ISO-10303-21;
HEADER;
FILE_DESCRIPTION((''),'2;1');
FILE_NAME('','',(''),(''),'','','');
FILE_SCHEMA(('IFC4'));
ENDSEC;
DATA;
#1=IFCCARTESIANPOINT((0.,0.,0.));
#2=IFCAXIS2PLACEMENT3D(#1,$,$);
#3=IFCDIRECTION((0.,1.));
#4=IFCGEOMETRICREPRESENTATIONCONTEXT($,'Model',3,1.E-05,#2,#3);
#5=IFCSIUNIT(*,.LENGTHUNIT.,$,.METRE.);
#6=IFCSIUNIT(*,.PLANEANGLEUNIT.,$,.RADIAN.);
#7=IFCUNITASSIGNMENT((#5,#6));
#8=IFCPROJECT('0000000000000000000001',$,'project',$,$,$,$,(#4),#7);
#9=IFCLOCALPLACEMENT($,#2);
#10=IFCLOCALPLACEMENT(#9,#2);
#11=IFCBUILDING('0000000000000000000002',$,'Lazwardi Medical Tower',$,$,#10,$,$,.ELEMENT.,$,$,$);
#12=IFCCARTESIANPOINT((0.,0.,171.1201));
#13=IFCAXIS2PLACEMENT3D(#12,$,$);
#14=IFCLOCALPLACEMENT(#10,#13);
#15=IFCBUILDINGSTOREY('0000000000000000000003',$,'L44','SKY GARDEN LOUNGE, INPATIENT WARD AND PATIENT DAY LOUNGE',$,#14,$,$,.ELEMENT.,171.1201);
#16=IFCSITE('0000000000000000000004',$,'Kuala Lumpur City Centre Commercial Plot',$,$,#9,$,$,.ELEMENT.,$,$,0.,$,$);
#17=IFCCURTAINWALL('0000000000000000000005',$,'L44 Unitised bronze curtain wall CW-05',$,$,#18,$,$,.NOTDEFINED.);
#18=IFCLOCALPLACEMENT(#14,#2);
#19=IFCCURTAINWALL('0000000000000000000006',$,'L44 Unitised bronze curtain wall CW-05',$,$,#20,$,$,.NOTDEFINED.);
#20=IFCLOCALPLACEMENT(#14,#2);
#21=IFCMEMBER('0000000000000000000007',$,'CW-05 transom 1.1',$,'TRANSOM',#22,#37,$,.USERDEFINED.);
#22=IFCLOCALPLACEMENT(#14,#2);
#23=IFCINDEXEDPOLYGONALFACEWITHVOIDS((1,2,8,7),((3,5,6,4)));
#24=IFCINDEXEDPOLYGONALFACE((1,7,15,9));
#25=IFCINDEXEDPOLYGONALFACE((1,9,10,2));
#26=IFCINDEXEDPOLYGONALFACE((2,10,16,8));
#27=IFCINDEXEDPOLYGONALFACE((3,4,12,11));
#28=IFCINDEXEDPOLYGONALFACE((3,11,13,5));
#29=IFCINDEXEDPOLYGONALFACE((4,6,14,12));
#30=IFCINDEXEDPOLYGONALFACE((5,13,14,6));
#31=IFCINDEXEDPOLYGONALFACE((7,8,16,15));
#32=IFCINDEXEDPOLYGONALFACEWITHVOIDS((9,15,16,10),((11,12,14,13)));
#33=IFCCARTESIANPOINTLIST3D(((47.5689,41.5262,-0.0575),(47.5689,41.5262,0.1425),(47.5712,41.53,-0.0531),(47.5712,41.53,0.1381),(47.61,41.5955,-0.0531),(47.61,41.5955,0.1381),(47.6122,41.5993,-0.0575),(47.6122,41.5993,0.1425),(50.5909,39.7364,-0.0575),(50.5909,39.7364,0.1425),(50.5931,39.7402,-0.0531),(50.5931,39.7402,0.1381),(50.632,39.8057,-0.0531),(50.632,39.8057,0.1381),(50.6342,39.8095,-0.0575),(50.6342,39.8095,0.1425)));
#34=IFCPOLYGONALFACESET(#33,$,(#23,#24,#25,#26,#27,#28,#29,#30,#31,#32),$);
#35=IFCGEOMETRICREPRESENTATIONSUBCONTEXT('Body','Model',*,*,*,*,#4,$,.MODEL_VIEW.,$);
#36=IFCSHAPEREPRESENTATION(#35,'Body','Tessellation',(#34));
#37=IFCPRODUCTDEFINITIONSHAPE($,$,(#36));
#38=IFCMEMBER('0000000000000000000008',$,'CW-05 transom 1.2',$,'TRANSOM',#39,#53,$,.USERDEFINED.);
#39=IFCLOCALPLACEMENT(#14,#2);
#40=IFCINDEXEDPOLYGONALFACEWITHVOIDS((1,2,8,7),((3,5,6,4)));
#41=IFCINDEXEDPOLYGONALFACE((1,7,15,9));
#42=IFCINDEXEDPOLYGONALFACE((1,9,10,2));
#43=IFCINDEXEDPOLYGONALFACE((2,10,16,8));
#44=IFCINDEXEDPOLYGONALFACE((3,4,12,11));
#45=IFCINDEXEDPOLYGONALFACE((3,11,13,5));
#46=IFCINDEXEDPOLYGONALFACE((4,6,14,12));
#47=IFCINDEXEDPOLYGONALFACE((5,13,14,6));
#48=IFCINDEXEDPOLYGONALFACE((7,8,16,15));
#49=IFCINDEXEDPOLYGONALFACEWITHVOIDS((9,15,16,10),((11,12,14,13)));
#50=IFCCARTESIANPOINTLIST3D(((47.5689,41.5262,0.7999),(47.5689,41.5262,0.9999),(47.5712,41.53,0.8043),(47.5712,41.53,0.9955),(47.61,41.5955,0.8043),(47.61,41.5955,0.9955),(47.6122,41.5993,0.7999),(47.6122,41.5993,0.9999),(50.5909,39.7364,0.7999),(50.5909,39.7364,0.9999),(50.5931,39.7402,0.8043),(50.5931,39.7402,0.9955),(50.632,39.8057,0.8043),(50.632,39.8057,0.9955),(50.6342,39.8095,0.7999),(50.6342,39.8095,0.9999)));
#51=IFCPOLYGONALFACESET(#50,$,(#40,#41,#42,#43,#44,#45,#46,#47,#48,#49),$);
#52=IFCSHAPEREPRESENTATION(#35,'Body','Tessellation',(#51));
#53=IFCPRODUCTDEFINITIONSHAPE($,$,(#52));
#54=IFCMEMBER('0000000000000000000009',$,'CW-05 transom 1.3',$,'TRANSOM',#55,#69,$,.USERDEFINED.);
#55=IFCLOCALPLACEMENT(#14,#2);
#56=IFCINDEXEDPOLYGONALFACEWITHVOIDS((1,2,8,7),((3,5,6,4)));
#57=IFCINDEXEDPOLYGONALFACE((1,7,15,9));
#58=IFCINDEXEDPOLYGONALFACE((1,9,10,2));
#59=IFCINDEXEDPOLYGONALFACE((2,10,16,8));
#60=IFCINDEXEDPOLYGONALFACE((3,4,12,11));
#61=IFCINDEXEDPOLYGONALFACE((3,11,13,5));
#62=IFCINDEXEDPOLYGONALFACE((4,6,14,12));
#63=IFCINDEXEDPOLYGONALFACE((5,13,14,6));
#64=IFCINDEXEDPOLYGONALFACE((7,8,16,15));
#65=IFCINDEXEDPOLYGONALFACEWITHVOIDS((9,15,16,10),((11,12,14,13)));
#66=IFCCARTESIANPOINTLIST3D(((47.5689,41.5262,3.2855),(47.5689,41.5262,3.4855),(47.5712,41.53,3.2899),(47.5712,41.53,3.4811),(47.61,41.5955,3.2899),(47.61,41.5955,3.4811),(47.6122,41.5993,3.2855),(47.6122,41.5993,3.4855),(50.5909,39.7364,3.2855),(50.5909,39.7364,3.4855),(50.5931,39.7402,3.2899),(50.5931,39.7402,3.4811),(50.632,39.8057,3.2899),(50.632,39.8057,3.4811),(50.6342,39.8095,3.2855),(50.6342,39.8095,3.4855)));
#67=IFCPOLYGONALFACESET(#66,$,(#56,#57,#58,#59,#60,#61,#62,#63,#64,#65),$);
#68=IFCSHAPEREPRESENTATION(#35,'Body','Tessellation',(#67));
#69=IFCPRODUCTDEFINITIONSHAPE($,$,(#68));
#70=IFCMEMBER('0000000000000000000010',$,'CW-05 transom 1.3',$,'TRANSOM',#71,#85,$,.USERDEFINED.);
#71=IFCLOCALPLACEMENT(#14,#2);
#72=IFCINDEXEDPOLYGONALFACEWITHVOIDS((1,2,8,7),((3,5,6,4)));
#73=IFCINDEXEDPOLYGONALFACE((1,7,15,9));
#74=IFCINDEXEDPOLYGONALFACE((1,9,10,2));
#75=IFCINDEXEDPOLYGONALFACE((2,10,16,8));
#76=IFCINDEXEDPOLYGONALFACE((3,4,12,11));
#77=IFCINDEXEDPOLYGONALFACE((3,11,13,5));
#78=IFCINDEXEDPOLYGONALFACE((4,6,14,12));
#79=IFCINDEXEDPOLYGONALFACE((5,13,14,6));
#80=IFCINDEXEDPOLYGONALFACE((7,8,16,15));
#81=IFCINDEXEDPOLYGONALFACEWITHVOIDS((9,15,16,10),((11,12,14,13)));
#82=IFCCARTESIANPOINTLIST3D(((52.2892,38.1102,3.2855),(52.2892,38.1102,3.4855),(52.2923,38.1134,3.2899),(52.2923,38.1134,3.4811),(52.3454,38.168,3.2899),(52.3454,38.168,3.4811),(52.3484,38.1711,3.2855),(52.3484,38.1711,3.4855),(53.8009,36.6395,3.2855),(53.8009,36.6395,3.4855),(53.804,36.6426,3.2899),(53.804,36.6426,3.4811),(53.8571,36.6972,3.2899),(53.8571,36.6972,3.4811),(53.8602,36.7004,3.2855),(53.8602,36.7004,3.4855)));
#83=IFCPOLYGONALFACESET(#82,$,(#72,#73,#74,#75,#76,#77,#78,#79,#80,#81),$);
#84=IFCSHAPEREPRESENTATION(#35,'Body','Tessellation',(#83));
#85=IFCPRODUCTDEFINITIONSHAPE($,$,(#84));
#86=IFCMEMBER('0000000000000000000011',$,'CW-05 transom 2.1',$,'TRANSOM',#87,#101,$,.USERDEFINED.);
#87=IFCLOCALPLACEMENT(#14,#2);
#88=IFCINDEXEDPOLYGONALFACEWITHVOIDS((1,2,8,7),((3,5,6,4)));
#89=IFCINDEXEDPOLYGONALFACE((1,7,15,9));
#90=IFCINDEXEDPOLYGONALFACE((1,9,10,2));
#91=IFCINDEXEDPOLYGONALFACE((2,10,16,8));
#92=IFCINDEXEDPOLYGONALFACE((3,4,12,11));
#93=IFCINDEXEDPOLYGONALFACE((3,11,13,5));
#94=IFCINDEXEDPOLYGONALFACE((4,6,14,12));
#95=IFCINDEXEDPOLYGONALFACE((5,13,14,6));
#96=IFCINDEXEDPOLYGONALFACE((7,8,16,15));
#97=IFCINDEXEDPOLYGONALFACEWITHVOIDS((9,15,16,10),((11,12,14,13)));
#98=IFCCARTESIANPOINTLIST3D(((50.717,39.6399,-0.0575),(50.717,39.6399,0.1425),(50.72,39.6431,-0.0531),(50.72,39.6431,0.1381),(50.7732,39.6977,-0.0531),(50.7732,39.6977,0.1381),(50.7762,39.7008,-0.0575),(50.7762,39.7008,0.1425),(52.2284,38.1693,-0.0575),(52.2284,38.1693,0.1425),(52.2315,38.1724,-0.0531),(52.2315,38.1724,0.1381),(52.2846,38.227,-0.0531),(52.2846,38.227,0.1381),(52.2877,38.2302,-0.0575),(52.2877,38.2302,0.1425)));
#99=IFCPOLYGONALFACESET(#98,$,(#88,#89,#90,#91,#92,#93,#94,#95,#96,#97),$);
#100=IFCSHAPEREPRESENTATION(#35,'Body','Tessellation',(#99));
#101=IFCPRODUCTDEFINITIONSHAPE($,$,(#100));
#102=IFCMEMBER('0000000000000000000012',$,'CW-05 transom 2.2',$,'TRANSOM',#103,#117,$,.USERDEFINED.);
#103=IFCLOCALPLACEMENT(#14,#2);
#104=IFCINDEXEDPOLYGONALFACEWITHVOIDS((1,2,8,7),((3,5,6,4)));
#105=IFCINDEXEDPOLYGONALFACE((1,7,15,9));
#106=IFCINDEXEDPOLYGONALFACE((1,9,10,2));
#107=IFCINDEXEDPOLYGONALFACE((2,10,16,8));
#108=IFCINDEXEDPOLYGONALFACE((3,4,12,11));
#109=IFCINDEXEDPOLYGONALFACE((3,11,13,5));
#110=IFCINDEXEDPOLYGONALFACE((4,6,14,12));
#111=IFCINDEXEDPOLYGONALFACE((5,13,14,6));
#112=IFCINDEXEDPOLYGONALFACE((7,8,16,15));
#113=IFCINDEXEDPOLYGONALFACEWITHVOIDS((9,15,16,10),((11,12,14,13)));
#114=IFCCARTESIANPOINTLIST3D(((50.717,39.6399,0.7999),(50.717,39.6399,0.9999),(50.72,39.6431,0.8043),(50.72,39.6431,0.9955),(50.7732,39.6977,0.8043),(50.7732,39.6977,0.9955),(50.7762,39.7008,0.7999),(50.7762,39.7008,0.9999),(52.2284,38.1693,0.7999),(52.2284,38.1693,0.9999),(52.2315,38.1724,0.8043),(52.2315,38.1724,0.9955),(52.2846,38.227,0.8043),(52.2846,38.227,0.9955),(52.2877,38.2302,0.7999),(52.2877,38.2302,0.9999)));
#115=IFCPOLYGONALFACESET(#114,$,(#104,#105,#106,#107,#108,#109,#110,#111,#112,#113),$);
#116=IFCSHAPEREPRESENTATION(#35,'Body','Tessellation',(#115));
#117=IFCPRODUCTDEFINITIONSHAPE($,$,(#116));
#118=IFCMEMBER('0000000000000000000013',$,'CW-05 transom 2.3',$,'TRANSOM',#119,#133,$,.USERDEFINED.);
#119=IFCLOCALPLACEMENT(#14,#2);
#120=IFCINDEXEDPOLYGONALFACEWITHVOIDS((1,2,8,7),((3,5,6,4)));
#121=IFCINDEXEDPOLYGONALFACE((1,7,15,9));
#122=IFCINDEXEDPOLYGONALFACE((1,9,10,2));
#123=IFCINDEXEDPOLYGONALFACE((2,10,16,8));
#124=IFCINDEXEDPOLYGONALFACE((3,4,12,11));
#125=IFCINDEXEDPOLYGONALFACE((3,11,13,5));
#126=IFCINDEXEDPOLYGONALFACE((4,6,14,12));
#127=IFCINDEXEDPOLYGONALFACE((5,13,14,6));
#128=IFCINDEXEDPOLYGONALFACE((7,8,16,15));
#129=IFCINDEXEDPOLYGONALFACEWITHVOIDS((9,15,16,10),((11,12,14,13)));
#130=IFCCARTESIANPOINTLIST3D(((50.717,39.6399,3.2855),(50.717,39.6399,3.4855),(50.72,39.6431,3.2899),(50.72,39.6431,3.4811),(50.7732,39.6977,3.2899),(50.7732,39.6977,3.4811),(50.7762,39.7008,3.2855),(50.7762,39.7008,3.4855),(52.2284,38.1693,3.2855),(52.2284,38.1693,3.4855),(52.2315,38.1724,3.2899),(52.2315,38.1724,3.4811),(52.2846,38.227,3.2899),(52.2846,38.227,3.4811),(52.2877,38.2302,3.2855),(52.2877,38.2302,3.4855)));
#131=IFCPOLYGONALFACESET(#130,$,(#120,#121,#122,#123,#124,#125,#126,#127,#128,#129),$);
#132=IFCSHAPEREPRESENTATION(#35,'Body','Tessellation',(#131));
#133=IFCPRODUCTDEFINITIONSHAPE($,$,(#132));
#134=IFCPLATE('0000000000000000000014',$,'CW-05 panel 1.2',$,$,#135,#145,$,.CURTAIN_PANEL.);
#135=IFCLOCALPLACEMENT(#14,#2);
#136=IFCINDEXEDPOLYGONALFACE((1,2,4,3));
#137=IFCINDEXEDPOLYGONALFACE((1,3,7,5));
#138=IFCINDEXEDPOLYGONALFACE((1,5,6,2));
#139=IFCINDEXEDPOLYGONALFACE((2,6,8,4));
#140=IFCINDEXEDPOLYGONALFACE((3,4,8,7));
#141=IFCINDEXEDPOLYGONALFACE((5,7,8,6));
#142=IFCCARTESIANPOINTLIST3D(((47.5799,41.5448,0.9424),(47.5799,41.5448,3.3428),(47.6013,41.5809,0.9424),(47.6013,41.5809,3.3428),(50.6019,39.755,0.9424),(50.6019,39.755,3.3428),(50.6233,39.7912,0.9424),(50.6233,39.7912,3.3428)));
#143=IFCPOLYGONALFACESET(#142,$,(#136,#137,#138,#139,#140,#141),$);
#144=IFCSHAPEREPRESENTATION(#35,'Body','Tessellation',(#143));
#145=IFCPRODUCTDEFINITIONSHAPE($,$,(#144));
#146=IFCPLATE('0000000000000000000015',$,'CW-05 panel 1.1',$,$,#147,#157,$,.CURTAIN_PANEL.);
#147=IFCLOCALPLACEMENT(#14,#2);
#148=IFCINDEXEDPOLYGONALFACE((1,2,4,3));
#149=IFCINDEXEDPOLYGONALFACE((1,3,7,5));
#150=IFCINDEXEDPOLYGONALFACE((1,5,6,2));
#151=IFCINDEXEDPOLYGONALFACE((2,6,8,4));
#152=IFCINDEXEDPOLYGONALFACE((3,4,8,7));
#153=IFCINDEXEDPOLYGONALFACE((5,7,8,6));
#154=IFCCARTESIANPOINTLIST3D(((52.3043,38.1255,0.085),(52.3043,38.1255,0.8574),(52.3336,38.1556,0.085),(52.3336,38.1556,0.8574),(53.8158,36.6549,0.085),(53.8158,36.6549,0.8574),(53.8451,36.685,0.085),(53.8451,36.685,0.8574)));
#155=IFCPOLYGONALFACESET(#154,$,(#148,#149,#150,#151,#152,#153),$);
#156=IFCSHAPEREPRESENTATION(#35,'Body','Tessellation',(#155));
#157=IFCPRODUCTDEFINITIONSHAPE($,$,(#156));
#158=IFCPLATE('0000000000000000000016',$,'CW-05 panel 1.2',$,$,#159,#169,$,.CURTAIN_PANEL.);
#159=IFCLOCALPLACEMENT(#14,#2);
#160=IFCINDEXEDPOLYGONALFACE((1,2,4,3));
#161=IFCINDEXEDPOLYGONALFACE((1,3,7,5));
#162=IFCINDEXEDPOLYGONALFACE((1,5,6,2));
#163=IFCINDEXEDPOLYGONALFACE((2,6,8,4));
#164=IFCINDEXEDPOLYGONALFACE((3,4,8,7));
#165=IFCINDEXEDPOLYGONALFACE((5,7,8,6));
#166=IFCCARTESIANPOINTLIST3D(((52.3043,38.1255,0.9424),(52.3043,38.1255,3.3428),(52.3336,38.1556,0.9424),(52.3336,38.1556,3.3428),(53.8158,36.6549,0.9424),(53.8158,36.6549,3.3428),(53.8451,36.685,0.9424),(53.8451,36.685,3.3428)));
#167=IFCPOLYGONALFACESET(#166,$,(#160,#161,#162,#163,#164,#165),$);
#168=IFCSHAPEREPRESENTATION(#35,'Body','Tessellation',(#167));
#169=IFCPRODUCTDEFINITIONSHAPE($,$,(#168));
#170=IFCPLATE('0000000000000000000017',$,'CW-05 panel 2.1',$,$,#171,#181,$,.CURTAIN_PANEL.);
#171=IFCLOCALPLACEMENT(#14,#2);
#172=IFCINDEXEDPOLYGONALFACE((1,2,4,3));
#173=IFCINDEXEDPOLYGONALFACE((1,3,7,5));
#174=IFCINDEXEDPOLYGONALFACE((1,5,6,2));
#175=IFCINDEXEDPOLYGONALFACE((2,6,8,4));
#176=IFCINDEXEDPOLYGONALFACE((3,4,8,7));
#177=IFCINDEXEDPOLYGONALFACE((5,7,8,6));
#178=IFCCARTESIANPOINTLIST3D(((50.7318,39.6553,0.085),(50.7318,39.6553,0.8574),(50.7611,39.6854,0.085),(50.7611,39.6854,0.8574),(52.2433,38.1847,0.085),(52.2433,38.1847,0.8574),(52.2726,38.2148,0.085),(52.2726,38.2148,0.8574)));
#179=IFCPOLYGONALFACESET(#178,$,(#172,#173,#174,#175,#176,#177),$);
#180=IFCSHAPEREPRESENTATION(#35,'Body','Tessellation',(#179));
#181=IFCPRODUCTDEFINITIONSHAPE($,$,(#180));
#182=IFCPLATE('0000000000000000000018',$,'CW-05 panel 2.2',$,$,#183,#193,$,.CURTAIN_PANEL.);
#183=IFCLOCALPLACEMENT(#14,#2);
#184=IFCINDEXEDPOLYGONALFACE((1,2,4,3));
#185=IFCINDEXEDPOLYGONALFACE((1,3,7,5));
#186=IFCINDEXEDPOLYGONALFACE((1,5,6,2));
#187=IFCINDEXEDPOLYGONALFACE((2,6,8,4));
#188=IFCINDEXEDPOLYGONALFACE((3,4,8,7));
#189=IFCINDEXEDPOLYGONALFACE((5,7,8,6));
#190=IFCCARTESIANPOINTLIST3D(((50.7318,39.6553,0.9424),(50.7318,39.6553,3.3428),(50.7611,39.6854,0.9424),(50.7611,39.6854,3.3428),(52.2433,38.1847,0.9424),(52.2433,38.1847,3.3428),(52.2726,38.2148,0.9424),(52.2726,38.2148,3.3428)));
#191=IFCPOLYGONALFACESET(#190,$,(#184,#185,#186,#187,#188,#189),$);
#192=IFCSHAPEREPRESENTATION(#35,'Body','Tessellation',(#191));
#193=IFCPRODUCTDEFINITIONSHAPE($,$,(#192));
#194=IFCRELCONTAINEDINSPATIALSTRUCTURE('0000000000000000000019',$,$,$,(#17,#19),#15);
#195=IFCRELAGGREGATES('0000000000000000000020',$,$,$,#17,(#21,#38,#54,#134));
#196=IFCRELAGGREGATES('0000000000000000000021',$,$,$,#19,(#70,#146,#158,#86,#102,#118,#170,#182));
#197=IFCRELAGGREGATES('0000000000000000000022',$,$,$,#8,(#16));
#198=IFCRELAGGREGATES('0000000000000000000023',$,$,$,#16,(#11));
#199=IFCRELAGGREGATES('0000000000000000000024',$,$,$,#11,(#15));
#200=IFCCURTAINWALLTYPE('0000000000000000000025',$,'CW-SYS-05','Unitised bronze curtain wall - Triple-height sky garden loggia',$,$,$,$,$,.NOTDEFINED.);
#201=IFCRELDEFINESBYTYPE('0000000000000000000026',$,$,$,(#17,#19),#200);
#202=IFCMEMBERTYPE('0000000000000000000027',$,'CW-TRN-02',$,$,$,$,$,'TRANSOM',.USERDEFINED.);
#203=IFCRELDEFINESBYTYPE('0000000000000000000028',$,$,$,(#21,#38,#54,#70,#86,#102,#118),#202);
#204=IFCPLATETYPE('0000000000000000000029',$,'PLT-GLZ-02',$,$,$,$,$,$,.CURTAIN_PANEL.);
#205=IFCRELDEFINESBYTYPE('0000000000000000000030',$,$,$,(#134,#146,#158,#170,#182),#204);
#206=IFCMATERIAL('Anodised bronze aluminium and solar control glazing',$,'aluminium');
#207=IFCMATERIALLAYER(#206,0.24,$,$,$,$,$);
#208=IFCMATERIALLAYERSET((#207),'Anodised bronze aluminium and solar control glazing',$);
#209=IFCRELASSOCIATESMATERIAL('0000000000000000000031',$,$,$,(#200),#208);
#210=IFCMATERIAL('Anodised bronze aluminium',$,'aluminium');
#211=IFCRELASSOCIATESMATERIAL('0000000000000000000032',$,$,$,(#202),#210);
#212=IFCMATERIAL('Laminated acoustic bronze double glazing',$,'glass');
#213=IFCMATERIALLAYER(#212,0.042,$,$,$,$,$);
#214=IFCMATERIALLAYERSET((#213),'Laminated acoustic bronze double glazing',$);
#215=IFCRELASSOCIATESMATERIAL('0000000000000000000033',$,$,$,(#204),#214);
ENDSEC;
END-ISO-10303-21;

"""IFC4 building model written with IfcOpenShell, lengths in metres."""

from ifc_helpers import new_model, si_unit, direction, frame, origin, origin_2d, place, context, subcontext, project, spatial, rectangle, hollow_rectangle, extrude, material, layer, layer_set, material_profile, profile_set, type_object, element, aggregate, save


model = new_model("IFC4")

# Units and contexts
model_context = context("Model", 3, precision=1e-05, world=origin(), true_north=direction((0.0, 1.0)))
body_context = subcontext(model_context, "Body", "Model", "MODEL_VIEW")
ifc_project = project(units=[si_unit("LENGTHUNIT", "METRE"), si_unit("PLANEANGLEUNIT", "RADIAN")], contexts=[model_context])

# Site, building, storey
site_placement = place(None, origin())
site = spatial("IfcSite", under=ifc_project, at=site_placement, Name="Kuala Lumpur City Centre Commercial Plot", CompositionType="ELEMENT", RefElevation=0.0)
building_placement = place(site_placement, origin())
building = spatial("IfcBuilding", under=site, at=building_placement, Name="Lazwardi Medical Tower", CompositionType="ELEMENT")
storey_placement = place(building_placement, frame((0.0, 0.0, 171.1201)))
storey = spatial("IfcBuildingStorey", under=building, at=storey_placement, Name="L44", Description="SKY GARDEN LOUNGE, INPATIENT WARD AND PATIENT DAY LOUNGE", CompositionType="ELEMENT", Elevation=171.1201)

# Curtain wall
ifc_material_1 = material(Name="Anodised bronze aluminium and solar control glazing", Category="aluminium")
ifc_layer_1 = layer(ifc_material_1, 0.24)
ifc_layer_set_1 = layer_set([ifc_layer_1], Name="Anodised bronze aluminium and solar control glazing")
curtain_wall_type = type_object("IfcCurtainWallType", Name="CW-SYS-05", Description="Unitised bronze curtain wall - Triple-height sky garden loggia", PredefinedType="NOTDEFINED", material=ifc_layer_set_1)
curtain_wall_1_placement = place(storey_placement, origin())
curtain_wall_1 = element("IfcCurtainWall", 1, at=curtain_wall_1_placement, inside=storey, type_object=curtain_wall_type, Name="L44 Unitised bronze curtain wall CW-05", PredefinedType="NOTDEFINED")
ifc_material_2 = material(Name="Anodised bronze aluminium", Category="aluminium")

# Curtain wall
curtain_wall_2_placement = place(storey_placement, origin())
curtain_wall_2 = element("IfcCurtainWall", 2, at=curtain_wall_2_placement, inside=storey, type_object=curtain_wall_type, Name="L44 Unitised bronze curtain wall CW-05", PredefinedType="NOTDEFINED")

# Members
ifc_material_profile_1 = material_profile(ifc_material_2, hollow_rectangle(XDim=0.085, YDim=0.2, WallThickness=0.0044, at=origin_2d()), Name="ALU-TRANSOM 200x85x4.5")
ifc_profile_set_1 = profile_set([ifc_material_profile_1], Name="Anodised bronze aluminium")
member_type_1 = type_object("IfcMemberType", Name="CW-TRN-02", ElementType="TRANSOM", PredefinedType="USERDEFINED", material=ifc_profile_set_1)
member_1_placement = place(storey_placement, frame((50.6125, 39.7729, 0.0425), z_axis=(-0.860417, 0.509591, 0.0), x_axis=(-0.509591, -0.860417, 0.0)))
member_1 = element("IfcMember", 3, at=member_1_placement, type_object=member_type_1, Name="CW-05 transom 1.1", ObjectType="TRANSOM", PredefinedType="USERDEFINED", context=body_context, shape_type="SweptSolid", body=[
    extrude(hollow_rectangle(XDim=0.085, YDim=0.2, WallThickness=0.0044, at=origin_2d()), origin(), (0.0, 0.0, 1.0), 3.5122),
])
member_2_placement = place(storey_placement, frame((50.6125, 39.7729, 0.8999), z_axis=(-0.860417, 0.509591, 0.0), x_axis=(-0.509591, -0.860417, 0.0)))
member_2 = element("IfcMember", 4, at=member_2_placement, type_object=member_type_1, Name="CW-05 transom 1.2", ObjectType="TRANSOM", PredefinedType="USERDEFINED", context=body_context, shape_type="SweptSolid", body=[
    extrude(hollow_rectangle(XDim=0.085, YDim=0.2, WallThickness=0.0044, at=origin_2d()), origin(), (0.0, 0.0, 1.0), 3.5122),
])
member_3_placement = place(storey_placement, frame((50.6125, 39.7729, 3.3855), z_axis=(-0.860417, 0.509591, 0.0), x_axis=(-0.509591, -0.860417, 0.0)))
member_3 = element("IfcMember", 5, at=member_3_placement, type_object=member_type_1, Name="CW-05 transom 1.3", ObjectType="TRANSOM", PredefinedType="USERDEFINED", context=body_context, shape_type="SweptSolid", body=[
    extrude(hollow_rectangle(XDim=0.085, YDim=0.2, WallThickness=0.0044, at=origin_2d()), origin(), (0.0, 0.0, 1.0), 3.5122),
])
member_4_placement = place(storey_placement, frame((53.8306, 36.6699, 3.3855), z_axis=(-0.716763, 0.697316, 0.0), x_axis=(-0.697316, -0.716763, 0.0)))
member_4 = element("IfcMember", 6, at=member_4_placement, type_object=member_type_1, Name="CW-05 transom 1.3", ObjectType="TRANSOM", PredefinedType="USERDEFINED", context=body_context, shape_type="SweptSolid", body=[
    extrude(hollow_rectangle(XDim=0.085, YDim=0.2, WallThickness=0.0044, at=origin_2d()), origin(), (0.0, 0.0, 1.0), 2.1091),
])
member_5_placement = place(storey_placement, frame((52.2581, 38.1997, 0.0425), z_axis=(-0.716707, 0.697374, 0.0), x_axis=(-0.697374, -0.716707, 0.0)))
member_5 = element("IfcMember", 7, at=member_5_placement, type_object=member_type_1, Name="CW-05 transom 2.1", ObjectType="TRANSOM", PredefinedType="USERDEFINED", context=body_context, shape_type="SweptSolid", body=[
    extrude(hollow_rectangle(XDim=0.085, YDim=0.2, WallThickness=0.0044, at=origin_2d()), origin(), (0.0, 0.0, 1.0), 2.1089),
])
member_6_placement = place(storey_placement, frame((52.2581, 38.1997, 0.8999), z_axis=(-0.716707, 0.697374, 0.0), x_axis=(-0.697374, -0.716707, 0.0)))
member_6 = element("IfcMember", 8, at=member_6_placement, type_object=member_type_1, Name="CW-05 transom 2.2", ObjectType="TRANSOM", PredefinedType="USERDEFINED", context=body_context, shape_type="SweptSolid", body=[
    extrude(hollow_rectangle(XDim=0.085, YDim=0.2, WallThickness=0.0044, at=origin_2d()), origin(), (0.0, 0.0, 1.0), 2.1089),
])
member_7_placement = place(storey_placement, frame((52.2581, 38.1997, 3.3855), z_axis=(-0.716707, 0.697374, 0.0), x_axis=(-0.697374, -0.716707, 0.0)))
member_7 = element("IfcMember", 9, at=member_7_placement, type_object=member_type_1, Name="CW-05 transom 2.3", ObjectType="TRANSOM", PredefinedType="USERDEFINED", context=body_context, shape_type="SweptSolid", body=[
    extrude(hollow_rectangle(XDim=0.085, YDim=0.2, WallThickness=0.0044, at=origin_2d()), origin(), (0.0, 0.0, 1.0), 2.1089),
])

# Plates
ifc_material_3 = material(Name="Laminated acoustic bronze double glazing", Category="glass")
ifc_layer_2 = layer(ifc_material_3, 0.042)
ifc_layer_set_2 = layer_set([ifc_layer_2], Name="Laminated acoustic bronze double glazing")
plate_type = type_object("IfcPlateType", Name="PLT-GLZ-02", PredefinedType="CURTAIN_PANEL", material=ifc_layer_set_2)
plate_1_placement = place(storey_placement, frame((49.1016, 40.668, 0.9424), z_axis=(0.0, 0.0, 1.0), x_axis=(-0.860429, 0.509571, 0.0)))
plate_1 = element("IfcPlate", 10, at=plate_1_placement, type_object=plate_type, Name="CW-05 panel 1.2", PredefinedType="CURTAIN_PANEL", context=body_context, shape_type="SweptSolid", body=[
    extrude(rectangle(XDim=3.5122, YDim=0.042, at=origin_2d()), origin(), (0.0, 0.0, 1.0), 2.4004),
])
aggregate(curtain_wall_1, [member_1, member_2, member_3, plate_1])
plate_2_placement = place(storey_placement, frame((53.0747, 37.4053, 0.085), z_axis=(0.0, 0.0, 1.0), x_axis=(-0.716732, 0.697348, 0.0)))
plate_2 = element("IfcPlate", 11, at=plate_2_placement, type_object=plate_type, Name="CW-05 panel 1.1", PredefinedType="CURTAIN_PANEL", context=body_context, shape_type="SweptSolid", body=[
    extrude(rectangle(XDim=2.1089, YDim=0.042, at=origin_2d()), origin(), (0.0, 0.0, 1.0), 0.7725),
])
plate_3_placement = place(storey_placement, frame((53.0747, 37.4053, 0.9424), z_axis=(0.0, 0.0, 1.0), x_axis=(-0.716732, 0.697348, 0.0)))
plate_3 = element("IfcPlate", 12, at=plate_3_placement, type_object=plate_type, Name="CW-05 panel 1.2", PredefinedType="CURTAIN_PANEL", context=body_context, shape_type="SweptSolid", body=[
    extrude(rectangle(XDim=2.1089, YDim=0.042, at=origin_2d()), origin(), (0.0, 0.0, 1.0), 2.4004),
])
plate_4_placement = place(storey_placement, frame((51.5022, 38.9351, 0.085), z_axis=(0.0, 0.0, 1.0), x_axis=(-0.716732, 0.697348, 0.0)))
plate_4 = element("IfcPlate", 13, at=plate_4_placement, type_object=plate_type, Name="CW-05 panel 2.1", PredefinedType="CURTAIN_PANEL", context=body_context, shape_type="SweptSolid", body=[
    extrude(rectangle(XDim=2.1089, YDim=0.042, at=origin_2d()), origin(), (0.0, 0.0, 1.0), 0.7725),
])
plate_5_placement = place(storey_placement, frame((51.5022, 38.9351, 0.9424), z_axis=(0.0, 0.0, 1.0), x_axis=(-0.716732, 0.697348, 0.0)))
plate_5 = element("IfcPlate", 14, at=plate_5_placement, type_object=plate_type, Name="CW-05 panel 2.2", PredefinedType="CURTAIN_PANEL", context=body_context, shape_type="SweptSolid", body=[
    extrude(rectangle(XDim=2.1089, YDim=0.042, at=origin_2d()), origin(), (0.0, 0.0, 1.0), 2.4004),
])
aggregate(curtain_wall_2, [member_4, plate_2, plate_3, member_5, member_6, member_7, plate_4, plate_5])

save(model, "model.ifc")
